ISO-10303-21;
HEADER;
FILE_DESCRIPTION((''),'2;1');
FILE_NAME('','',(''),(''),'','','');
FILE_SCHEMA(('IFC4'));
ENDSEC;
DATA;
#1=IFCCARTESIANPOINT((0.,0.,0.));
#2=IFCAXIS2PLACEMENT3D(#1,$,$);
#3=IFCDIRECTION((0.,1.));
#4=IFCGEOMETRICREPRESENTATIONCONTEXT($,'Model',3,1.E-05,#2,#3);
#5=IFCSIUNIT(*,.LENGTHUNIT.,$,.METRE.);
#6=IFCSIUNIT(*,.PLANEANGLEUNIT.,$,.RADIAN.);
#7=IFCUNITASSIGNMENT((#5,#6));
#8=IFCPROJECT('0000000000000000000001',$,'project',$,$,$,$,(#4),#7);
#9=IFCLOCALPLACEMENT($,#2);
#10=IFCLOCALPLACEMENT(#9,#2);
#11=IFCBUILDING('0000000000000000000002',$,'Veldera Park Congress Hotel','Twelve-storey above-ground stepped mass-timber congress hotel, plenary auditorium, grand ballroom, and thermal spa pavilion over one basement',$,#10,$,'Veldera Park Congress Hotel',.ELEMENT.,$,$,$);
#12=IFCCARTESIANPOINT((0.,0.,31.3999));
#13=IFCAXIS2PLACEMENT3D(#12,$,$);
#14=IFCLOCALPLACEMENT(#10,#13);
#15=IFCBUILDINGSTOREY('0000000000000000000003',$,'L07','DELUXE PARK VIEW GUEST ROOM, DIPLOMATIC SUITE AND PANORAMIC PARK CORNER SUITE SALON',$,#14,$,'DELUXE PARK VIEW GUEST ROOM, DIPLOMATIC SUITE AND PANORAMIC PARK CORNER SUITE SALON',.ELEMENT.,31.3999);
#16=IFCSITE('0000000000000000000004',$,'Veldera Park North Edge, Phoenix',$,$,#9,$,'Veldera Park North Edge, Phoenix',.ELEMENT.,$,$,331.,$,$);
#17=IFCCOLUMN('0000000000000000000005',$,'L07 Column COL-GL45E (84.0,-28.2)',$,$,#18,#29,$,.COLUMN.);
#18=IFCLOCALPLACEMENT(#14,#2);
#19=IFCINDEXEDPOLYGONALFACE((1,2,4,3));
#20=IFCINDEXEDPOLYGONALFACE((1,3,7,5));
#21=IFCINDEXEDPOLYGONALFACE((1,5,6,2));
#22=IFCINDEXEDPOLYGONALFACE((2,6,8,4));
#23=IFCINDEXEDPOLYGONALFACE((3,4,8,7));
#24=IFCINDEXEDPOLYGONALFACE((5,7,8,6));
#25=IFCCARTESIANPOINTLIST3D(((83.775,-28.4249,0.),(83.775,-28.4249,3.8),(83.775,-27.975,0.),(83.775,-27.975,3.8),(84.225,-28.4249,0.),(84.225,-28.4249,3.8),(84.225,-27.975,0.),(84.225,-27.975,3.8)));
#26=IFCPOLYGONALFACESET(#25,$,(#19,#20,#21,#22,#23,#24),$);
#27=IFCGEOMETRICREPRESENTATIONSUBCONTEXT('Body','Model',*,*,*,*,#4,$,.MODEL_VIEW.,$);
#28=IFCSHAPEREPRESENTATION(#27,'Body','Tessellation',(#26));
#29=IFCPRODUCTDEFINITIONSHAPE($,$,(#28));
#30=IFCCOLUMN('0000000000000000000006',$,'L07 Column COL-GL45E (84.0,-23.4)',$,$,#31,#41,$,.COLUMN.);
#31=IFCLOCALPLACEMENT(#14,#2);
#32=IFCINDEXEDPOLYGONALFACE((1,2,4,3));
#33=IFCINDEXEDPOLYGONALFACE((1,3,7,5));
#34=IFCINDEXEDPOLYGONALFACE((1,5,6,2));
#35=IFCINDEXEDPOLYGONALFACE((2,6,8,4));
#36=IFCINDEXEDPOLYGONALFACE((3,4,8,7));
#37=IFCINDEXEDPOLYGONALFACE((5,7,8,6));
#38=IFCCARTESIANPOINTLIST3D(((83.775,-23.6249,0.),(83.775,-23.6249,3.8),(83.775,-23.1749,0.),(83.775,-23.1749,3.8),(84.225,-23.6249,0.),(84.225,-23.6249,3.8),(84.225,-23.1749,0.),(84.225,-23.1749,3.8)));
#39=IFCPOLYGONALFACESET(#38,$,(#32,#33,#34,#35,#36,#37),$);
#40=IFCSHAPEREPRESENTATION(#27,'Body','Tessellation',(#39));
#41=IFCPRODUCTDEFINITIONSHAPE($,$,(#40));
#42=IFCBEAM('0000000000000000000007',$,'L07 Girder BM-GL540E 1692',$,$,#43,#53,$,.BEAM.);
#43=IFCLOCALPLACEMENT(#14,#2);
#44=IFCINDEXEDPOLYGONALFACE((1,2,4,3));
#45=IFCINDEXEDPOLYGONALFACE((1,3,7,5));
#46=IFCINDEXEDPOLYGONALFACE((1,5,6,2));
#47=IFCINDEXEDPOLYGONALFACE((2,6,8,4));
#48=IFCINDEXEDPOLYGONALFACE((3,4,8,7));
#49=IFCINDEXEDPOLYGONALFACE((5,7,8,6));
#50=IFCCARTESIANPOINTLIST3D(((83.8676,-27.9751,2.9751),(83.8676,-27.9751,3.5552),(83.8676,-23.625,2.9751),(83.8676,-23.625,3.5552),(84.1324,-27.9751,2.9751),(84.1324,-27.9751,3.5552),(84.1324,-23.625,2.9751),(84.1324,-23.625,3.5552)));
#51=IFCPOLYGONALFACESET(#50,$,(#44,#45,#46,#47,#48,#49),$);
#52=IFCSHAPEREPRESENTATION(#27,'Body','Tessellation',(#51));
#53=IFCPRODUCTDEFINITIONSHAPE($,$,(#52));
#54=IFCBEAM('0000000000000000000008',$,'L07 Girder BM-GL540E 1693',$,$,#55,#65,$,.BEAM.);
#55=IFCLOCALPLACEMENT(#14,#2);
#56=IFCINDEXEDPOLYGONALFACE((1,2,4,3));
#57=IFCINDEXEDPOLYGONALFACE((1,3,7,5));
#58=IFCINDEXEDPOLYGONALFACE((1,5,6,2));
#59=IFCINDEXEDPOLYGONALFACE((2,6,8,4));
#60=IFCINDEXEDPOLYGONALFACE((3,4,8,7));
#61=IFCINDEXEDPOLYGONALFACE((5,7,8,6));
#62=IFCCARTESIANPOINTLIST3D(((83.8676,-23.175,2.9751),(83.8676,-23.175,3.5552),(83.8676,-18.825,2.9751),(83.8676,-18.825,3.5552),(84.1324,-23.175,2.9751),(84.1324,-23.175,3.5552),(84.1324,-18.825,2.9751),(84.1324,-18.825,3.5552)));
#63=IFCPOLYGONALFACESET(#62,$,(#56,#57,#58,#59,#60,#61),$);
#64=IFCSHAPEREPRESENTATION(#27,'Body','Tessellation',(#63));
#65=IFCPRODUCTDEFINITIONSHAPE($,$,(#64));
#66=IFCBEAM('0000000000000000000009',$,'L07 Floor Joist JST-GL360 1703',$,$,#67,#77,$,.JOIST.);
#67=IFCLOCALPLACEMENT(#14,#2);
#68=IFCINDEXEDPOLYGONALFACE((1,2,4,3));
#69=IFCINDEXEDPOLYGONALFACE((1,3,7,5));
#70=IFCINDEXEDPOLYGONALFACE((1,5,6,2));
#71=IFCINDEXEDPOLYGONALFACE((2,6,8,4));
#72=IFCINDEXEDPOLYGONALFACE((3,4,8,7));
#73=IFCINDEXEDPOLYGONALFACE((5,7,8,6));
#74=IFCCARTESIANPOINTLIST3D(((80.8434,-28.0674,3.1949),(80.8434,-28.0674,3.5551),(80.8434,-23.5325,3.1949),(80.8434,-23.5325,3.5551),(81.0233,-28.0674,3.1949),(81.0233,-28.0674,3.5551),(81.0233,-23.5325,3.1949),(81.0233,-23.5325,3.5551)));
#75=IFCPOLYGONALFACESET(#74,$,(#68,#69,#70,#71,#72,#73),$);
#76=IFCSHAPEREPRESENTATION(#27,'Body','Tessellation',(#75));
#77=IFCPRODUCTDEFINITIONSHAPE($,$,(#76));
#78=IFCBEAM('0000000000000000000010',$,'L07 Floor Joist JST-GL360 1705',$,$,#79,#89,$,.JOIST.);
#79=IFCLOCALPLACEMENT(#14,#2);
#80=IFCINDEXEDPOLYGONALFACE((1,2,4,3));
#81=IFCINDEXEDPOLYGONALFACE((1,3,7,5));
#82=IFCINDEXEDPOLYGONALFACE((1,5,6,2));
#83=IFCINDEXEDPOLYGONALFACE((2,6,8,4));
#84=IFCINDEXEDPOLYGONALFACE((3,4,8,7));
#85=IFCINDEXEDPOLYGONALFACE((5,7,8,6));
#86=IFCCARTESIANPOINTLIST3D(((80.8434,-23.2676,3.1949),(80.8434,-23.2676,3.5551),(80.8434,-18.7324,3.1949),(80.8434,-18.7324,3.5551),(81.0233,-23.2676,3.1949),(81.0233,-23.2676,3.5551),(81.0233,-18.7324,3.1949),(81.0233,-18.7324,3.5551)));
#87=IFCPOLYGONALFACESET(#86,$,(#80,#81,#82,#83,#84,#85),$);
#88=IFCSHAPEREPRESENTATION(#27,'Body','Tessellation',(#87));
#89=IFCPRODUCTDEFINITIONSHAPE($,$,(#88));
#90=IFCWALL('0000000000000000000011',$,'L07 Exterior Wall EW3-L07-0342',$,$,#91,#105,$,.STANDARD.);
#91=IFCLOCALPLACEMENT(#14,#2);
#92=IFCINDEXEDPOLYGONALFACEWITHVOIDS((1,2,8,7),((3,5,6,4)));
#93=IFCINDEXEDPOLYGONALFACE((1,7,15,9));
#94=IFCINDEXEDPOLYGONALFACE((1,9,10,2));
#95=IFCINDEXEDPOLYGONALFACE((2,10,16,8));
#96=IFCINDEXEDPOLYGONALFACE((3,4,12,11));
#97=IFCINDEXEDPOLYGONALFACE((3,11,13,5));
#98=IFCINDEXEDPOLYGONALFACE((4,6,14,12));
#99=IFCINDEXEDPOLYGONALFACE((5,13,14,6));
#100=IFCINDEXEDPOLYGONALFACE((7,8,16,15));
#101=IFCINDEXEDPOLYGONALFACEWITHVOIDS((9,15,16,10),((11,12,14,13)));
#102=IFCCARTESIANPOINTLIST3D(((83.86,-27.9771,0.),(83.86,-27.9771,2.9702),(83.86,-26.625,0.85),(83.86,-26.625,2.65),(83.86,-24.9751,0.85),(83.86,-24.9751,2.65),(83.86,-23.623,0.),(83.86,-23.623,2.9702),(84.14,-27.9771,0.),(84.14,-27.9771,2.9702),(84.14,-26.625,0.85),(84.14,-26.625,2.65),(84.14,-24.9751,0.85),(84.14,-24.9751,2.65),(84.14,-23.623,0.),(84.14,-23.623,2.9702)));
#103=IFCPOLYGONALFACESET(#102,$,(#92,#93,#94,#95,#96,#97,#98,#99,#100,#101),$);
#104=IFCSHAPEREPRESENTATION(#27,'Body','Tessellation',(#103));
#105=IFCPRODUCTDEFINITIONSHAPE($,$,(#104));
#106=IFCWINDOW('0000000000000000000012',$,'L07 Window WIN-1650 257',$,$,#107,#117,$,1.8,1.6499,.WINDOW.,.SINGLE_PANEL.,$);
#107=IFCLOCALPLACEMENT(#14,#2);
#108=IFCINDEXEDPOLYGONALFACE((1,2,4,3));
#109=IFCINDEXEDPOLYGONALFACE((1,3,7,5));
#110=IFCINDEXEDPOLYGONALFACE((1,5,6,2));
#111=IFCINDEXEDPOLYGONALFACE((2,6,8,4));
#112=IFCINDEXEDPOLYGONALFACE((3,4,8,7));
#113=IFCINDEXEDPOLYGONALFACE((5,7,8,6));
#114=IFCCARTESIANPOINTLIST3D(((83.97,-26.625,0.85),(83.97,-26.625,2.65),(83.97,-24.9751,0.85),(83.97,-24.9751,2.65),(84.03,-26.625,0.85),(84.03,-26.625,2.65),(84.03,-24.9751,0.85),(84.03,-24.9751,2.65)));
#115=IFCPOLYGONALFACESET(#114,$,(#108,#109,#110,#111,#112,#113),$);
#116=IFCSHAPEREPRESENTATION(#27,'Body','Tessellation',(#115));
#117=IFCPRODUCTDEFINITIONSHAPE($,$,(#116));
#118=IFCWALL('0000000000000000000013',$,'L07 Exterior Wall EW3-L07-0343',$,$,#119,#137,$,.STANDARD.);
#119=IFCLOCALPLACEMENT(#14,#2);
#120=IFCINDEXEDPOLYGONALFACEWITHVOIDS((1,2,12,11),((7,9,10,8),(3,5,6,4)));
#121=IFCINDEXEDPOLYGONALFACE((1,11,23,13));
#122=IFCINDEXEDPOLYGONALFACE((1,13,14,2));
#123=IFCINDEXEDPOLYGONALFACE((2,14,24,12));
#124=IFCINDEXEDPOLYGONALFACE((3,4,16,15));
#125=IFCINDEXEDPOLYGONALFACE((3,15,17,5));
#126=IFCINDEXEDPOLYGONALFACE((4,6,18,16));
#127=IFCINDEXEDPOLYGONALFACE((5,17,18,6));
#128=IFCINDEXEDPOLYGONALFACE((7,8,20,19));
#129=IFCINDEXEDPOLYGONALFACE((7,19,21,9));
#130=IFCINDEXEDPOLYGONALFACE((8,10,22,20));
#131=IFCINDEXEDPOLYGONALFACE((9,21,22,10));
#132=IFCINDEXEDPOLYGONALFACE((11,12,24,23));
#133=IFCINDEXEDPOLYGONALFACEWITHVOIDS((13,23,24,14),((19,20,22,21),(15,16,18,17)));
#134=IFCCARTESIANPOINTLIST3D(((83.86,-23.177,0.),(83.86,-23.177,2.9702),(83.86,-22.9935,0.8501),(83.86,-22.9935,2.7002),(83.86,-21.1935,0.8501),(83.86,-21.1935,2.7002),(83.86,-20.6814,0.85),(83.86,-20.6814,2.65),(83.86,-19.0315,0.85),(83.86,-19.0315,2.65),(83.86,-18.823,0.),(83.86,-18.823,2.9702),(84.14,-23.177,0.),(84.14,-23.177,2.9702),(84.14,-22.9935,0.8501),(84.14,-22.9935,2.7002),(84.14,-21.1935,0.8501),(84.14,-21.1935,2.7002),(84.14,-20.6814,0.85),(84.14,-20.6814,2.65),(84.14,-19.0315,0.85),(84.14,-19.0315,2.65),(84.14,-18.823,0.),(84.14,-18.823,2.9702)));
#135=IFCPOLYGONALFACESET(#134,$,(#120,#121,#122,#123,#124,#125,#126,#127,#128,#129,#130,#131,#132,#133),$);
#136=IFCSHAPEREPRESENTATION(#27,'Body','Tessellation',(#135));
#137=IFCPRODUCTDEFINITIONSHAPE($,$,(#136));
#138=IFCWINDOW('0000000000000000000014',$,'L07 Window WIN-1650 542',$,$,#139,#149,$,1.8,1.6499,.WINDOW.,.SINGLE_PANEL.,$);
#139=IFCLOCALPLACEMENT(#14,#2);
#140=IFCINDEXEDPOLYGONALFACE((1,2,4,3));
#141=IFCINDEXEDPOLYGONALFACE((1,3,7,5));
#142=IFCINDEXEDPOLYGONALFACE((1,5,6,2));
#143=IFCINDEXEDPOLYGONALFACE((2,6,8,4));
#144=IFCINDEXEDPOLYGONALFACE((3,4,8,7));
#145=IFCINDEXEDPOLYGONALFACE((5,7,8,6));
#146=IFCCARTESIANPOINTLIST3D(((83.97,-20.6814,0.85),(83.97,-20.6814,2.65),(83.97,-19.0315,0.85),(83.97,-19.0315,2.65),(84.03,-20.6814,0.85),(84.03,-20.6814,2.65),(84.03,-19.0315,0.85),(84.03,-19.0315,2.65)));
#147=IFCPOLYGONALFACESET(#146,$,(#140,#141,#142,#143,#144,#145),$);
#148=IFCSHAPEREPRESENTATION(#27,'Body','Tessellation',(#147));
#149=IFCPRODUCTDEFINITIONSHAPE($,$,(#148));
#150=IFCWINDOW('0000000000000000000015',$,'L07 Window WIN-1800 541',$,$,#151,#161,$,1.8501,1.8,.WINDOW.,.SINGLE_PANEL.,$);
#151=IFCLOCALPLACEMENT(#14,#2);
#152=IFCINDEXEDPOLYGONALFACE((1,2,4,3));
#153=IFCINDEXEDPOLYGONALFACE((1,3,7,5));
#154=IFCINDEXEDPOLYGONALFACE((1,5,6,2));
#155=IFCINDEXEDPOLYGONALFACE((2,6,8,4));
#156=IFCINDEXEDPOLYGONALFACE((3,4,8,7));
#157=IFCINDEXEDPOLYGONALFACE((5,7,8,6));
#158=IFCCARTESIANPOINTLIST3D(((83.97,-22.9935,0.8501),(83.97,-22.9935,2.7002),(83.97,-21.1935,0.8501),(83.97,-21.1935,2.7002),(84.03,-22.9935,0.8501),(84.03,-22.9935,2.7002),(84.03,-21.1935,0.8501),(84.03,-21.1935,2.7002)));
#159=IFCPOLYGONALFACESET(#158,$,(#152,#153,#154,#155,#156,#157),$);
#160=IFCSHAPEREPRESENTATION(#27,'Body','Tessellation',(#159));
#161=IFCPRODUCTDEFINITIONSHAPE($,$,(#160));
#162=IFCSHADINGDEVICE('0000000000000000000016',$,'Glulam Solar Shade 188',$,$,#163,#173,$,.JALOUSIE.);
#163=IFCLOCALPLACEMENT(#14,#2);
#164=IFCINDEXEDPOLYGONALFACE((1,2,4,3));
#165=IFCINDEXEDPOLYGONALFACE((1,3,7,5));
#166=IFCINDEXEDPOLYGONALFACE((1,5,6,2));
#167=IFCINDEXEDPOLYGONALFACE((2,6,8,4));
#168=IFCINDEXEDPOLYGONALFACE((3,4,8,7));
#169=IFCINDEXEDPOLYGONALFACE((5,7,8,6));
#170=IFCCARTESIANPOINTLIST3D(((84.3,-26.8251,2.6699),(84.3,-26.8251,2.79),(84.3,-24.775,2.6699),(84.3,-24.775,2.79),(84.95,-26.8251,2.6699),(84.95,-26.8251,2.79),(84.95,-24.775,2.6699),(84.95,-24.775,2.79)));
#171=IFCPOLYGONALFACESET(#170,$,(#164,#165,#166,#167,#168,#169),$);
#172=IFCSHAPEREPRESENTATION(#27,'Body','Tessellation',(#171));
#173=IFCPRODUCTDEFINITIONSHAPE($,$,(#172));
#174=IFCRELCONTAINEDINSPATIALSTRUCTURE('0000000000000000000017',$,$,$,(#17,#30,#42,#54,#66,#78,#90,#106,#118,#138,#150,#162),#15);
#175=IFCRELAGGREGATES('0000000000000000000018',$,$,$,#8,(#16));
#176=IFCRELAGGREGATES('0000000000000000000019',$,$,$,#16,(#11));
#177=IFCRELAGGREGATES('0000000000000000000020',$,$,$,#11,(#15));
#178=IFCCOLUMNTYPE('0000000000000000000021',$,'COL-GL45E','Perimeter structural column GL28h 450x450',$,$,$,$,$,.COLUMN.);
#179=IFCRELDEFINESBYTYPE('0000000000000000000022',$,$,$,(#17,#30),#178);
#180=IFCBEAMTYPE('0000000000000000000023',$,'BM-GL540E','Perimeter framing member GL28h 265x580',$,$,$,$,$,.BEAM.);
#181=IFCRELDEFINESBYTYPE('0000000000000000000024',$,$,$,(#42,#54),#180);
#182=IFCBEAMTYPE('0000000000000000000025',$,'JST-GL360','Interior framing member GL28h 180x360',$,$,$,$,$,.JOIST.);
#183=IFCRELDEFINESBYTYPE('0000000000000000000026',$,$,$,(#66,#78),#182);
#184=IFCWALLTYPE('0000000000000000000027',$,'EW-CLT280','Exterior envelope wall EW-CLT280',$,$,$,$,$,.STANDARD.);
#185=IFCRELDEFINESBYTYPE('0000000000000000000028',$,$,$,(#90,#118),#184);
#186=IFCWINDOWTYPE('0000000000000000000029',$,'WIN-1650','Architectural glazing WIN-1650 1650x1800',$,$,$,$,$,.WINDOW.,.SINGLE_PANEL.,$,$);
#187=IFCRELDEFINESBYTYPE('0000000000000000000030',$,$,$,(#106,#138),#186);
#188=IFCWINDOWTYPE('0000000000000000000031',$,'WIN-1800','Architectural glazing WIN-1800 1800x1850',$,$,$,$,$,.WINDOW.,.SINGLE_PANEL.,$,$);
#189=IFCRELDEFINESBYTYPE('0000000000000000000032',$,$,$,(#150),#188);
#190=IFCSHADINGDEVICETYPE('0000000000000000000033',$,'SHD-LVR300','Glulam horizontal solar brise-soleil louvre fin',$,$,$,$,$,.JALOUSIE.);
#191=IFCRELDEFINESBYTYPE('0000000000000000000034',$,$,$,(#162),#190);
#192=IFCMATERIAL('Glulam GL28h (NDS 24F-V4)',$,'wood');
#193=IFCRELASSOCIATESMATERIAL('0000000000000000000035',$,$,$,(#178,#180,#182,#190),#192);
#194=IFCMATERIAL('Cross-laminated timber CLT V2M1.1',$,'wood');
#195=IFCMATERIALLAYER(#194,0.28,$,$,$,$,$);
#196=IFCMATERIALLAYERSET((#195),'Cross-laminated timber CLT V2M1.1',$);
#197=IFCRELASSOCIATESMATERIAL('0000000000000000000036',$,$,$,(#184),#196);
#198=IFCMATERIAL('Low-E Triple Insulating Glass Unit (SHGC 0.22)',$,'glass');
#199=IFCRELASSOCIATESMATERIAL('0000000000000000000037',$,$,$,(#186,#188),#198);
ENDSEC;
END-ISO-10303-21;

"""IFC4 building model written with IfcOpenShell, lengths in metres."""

from ifc_helpers import new_model, si_unit, direction, frame, frame_2d, origin, origin_2d, place, context, subcontext, project, spatial, rectangle, extrude, material, layer, layer_set, material_profile, profile_set, type_object, element, fill, save


model = new_model("IFC4")

# Units and contexts
model_context = context("Model", 3, precision=1e-05, world=origin(), true_north=direction((0.0, 1.0)))
body_context = subcontext(model_context, "Body", "Model", "MODEL_VIEW")
ifc_project = project(units=[si_unit("LENGTHUNIT", "METRE"), si_unit("PLANEANGLEUNIT", "RADIAN")], contexts=[model_context])

# Site, building, storey
site_placement = place(None, origin())
site = spatial("IfcSite", under=ifc_project, at=site_placement, Name="Veldera Park North Edge, Phoenix", LongName="Veldera Park North Edge, Phoenix", CompositionType="ELEMENT", RefElevation=331.0)
building_placement = place(site_placement, origin())
building = spatial("IfcBuilding", under=site, at=building_placement, Name="Veldera Park Congress Hotel", Description="Twelve-storey above-ground stepped mass-timber congress hotel, plenary auditorium, grand ballroom, and thermal spa pavilion over one basement", LongName="Veldera Park Congress Hotel", CompositionType="ELEMENT")
storey_placement = place(building_placement, frame((0.0, 0.0, 31.3999)))
storey = spatial("IfcBuildingStorey", under=building, at=storey_placement, Name="L07", Description="DELUXE PARK VIEW GUEST ROOM, DIPLOMATIC SUITE AND PANORAMIC PARK CORNER SUITE SALON", LongName="DELUXE PARK VIEW GUEST ROOM, DIPLOMATIC SUITE AND PANORAMIC PARK CORNER SUITE SALON", CompositionType="ELEMENT", Elevation=31.3999)

# Columns
ifc_material_1 = material(Name="Glulam GL28h (NDS 24F-V4)", Category="wood")
ifc_material_profile_1 = material_profile(ifc_material_1, rectangle(XDim=0.45, YDim=0.45, at=origin_2d()), Name="GL28h 450x450")
ifc_profile_set_1 = profile_set([ifc_material_profile_1], Name="Glulam GL28h (NDS 24F-V4)")
column_type = type_object("IfcColumnType", Name="COL-GL45E", Description="Perimeter structural column GL28h 450x450", PredefinedType="COLUMN", material=ifc_profile_set_1)
for number, where, z_axis, x_axis, name in (
    (1, (84.0, -28.2, 0.0), (0.0, 0.0, 1.0), (1.0, 0.0, 0.0), "L07 Column COL-GL45E (84.0,-28.2)"),
    (2, (84.0, -23.3999, 0.0), (0.0, 0.0, 1.0), (1.0, 0.0, 0.0), "L07 Column COL-GL45E (84.0,-23.4)"),
):
    element("IfcColumn", number, at=place(storey_placement, frame(where, z_axis=z_axis, x_axis=x_axis)), inside=storey, type_object=column_type, Name=name, PredefinedType="COLUMN", context=body_context, shape_type="SweptSolid", body=[
        extrude(rectangle(XDim=0.45, YDim=0.45, at=origin_2d()), origin(), (0.0, 0.0, 1.0), 3.8),
    ])

# Beams
ifc_material_profile_2 = material_profile(ifc_material_1, rectangle(XDim=0.2649, YDim=0.5801, at=origin_2d()), Name="GL28h 265x580")
ifc_profile_set_2 = profile_set([ifc_material_profile_2], Name="Glulam GL28h (NDS 24F-V4)")
beam_type_1 = type_object("IfcBeamType", Name="BM-GL540E", Description="Perimeter framing member GL28h 265x580", PredefinedType="BEAM", material=ifc_profile_set_2)
for number, where, z_axis, x_axis, name in (
    (3, (84.0, -27.9751, 3.2651), (0.0, 1.0, 0.0), (-1.0, 0.0, 0.0), "L07 Girder BM-GL540E 1692"),
    (4, (84.0, -23.175, 3.2651), (0.0, 1.0, 0.0), (-1.0, 0.0, 0.0), "L07 Girder BM-GL540E 1693"),
):
    element("IfcBeam", number, at=place(storey_placement, frame(where, z_axis=z_axis, x_axis=x_axis)), inside=storey, type_object=beam_type_1, Name=name, PredefinedType="BEAM", context=body_context, shape_type="SweptSolid", body=[
        extrude(rectangle(XDim=0.2649, YDim=0.5801, at=origin_2d()), origin(), (0.0, 0.0, 1.0), 4.3501),
    ])
ifc_material_profile_3 = material_profile(ifc_material_1, rectangle(XDim=0.1799, YDim=0.3601, at=origin_2d()), Name="GL28h 180x360")
ifc_profile_set_3 = profile_set([ifc_material_profile_3], Name="Glulam GL28h (NDS 24F-V4)")
beam_type_2 = type_object("IfcBeamType", Name="JST-GL360", Description="Interior framing member GL28h 180x360", PredefinedType="JOIST", material=ifc_profile_set_3)
beam_1_placement = place(storey_placement, frame((80.9333, -28.0674, 3.375), z_axis=(0.0, 1.0, 0.0), x_axis=(-1.0, 0.0, 0.0)))
element("IfcBeam", 5, at=beam_1_placement, inside=storey, type_object=beam_type_2, Name="L07 Floor Joist JST-GL360 1703", PredefinedType="JOIST", context=body_context, shape_type="SweptSolid", body=[
    extrude(rectangle(XDim=0.1799, YDim=0.3601, at=origin_2d()), origin(), (0.0, 0.0, 1.0), 4.5349),
])
beam_2_placement = place(storey_placement, frame((80.9333, -23.2676, 3.375), z_axis=(0.0, 1.0, 0.0), x_axis=(-1.0, 0.0, 0.0)))
element("IfcBeam", 6, at=beam_2_placement, inside=storey, type_object=beam_type_2, Name="L07 Floor Joist JST-GL360 1705", PredefinedType="JOIST", context=body_context, shape_type="SweptSolid", body=[
    extrude(rectangle(XDim=0.1799, YDim=0.3601, at=origin_2d()), origin(), (0.0, 0.0, 1.0), 4.5352),
])

# Wall, opening, window
ifc_material_2 = material(Name="Cross-laminated timber CLT V2M1.1", Category="wood")
ifc_layer = layer(ifc_material_2, 0.28)
ifc_layer_set = layer_set([ifc_layer], Name="Cross-laminated timber CLT V2M1.1")
wall_type = type_object("IfcWallType", Name="EW-CLT280", Description="Exterior envelope wall EW-CLT280", PredefinedType="STANDARD", material=ifc_layer_set)
wall_1_placement = place(storey_placement, frame((84.0, -27.9771, 0.0), z_axis=(0.0, 0.0, 1.0), x_axis=(0.0, 1.0, 0.0)))
wall_1 = element("IfcWall", 7, at=wall_1_placement, inside=storey, type_object=wall_type, Name="L07 Exterior Wall EW3-L07-0342", PredefinedType="STANDARD", context=body_context, shape_type="SweptSolid", body=[
    extrude(rectangle(XDim=4.354, YDim=0.28, at=frame_2d((2.177, 0.0))), origin(), (0.0, 0.0, 1.0), 2.9702),
])
opening_1_placement = place(wall_1_placement, frame((1.3521, 0.0, 0.8501)))
opening_1 = element("IfcOpeningElement", 8, at=opening_1_placement, cuts=wall_1, PredefinedType="OPENING", context=body_context, shape_type="SweptSolid", body=[
    extrude(rectangle(XDim=1.6499, YDim=1.8, at=frame_2d((0.825, 0.8999))), frame((0.0, 0.1521, 0.0), z_axis=(0.0, -1.0, 0.0), x_axis=(1.0, 0.0, 0.0)), (0.0, 0.0, 1.0), 0.304),
])
ifc_material_3 = material(Name="Low-E Triple Insulating Glass Unit (SHGC 0.22)", Category="glass")
window_type_1 = type_object("IfcWindowType", Name="WIN-1650", Description="Architectural glazing WIN-1650 1650x1800", PartitioningType="SINGLE_PANEL", PredefinedType="WINDOW", material=ifc_material_3)
window_1_placement = place(opening_1_placement, origin())
window_1 = element("IfcWindow", 9, at=window_1_placement, inside=storey, type_object=window_type_1, Name="L07 Window WIN-1650 257", OverallHeight=1.8, OverallWidth=1.6499, PartitioningType="SINGLE_PANEL", PredefinedType="WINDOW", context=body_context, shape_type="SweptSolid", body=[
    extrude(rectangle(XDim=1.6499, YDim=1.8, at=frame_2d((0.825, 0.8999))), frame((0.0, 0.03, 0.0), z_axis=(0.0, -1.0, 0.0), x_axis=(1.0, 0.0, 0.0)), (0.0, 0.0, 1.0), 0.0601),
])
fill(opening_1, window_1)

# Wall, openings, windows
wall_2_placement = place(storey_placement, frame((84.0, -23.177, 0.0), z_axis=(0.0, 0.0, 1.0), x_axis=(0.0, 1.0, 0.0)))
wall_2 = element("IfcWall", 10, at=wall_2_placement, inside=storey, type_object=wall_type, Name="L07 Exterior Wall EW3-L07-0343", PredefinedType="STANDARD", context=body_context, shape_type="SweptSolid", body=[
    extrude(rectangle(XDim=4.354, YDim=0.28, at=frame_2d((2.177, 0.0))), origin(), (0.0, 0.0, 1.0), 2.9702),
])
opening_2_placement = place(wall_2_placement, frame((0.1836, 0.0, 0.8501)))
opening_2 = element("IfcOpeningElement", 11, at=opening_2_placement, cuts=wall_2, PredefinedType="OPENING", context=body_context, shape_type="SweptSolid", body=[
    extrude(rectangle(XDim=1.8, YDim=1.8501, at=frame_2d((0.8999, 0.925))), frame((0.0, 0.1521, 0.0), z_axis=(0.0, -1.0, 0.0), x_axis=(1.0, 0.0, 0.0)), (0.0, 0.0, 1.0), 0.304),
])
opening_3_placement = place(wall_2_placement, frame((2.4956, 0.0, 0.8501)))
opening_3 = element("IfcOpeningElement", 12, at=opening_3_placement, cuts=wall_2, PredefinedType="OPENING", context=body_context, shape_type="SweptSolid", body=[
    extrude(rectangle(XDim=1.6499, YDim=1.8, at=frame_2d((0.825, 0.8999))), frame((0.0, 0.1521, 0.0), z_axis=(0.0, -1.0, 0.0), x_axis=(1.0, 0.0, 0.0)), (0.0, 0.0, 1.0), 0.304),
])
window_2_placement = place(opening_3_placement, origin())
window_2 = element("IfcWindow", 13, at=window_2_placement, inside=storey, type_object=window_type_1, Name="L07 Window WIN-1650 542", OverallHeight=1.8, OverallWidth=1.6499, PartitioningType="SINGLE_PANEL", PredefinedType="WINDOW", context=body_context, shape_type="SweptSolid", body=[
    extrude(rectangle(XDim=1.6499, YDim=1.8, at=frame_2d((0.825, 0.8999))), frame((0.0, 0.03, 0.0), z_axis=(0.0, -1.0, 0.0), x_axis=(1.0, 0.0, 0.0)), (0.0, 0.0, 1.0), 0.0601),
])
fill(opening_3, window_2)
window_type_2 = type_object("IfcWindowType", Name="WIN-1800", Description="Architectural glazing WIN-1800 1800x1850", PartitioningType="SINGLE_PANEL", PredefinedType="WINDOW", material=ifc_material_3)
window_3_placement = place(opening_2_placement, origin())
window_3 = element("IfcWindow", 14, at=window_3_placement, inside=storey, type_object=window_type_2, Name="L07 Window WIN-1800 541", OverallHeight=1.8501, OverallWidth=1.8, PartitioningType="SINGLE_PANEL", PredefinedType="WINDOW", context=body_context, shape_type="SweptSolid", body=[
    extrude(rectangle(XDim=1.8, YDim=1.8501, at=frame_2d((0.8999, 0.925))), frame((0.0, 0.03, 0.0), z_axis=(0.0, -1.0, 0.0), x_axis=(1.0, 0.0, 0.0)), (0.0, 0.0, 1.0), 0.0601),
])
fill(opening_2, window_3)

# Shading device
shading_device_type = type_object("IfcShadingDeviceType", Name="SHD-LVR300", Description="Glulam horizontal solar brise-soleil louvre fin", PredefinedType="JALOUSIE", material=ifc_material_1)
shading_device_1_placement = place(storey_placement, frame((84.625, -25.8, 2.6699), z_axis=(0.0, 0.0, 1.0), x_axis=(0.0, 1.0, 0.0)))
element("IfcShadingDevice", 15, at=shading_device_1_placement, inside=storey, type_object=shading_device_type, Name="Glulam Solar Shade 188", PredefinedType="JALOUSIE", context=body_context, shape_type="SweptSolid", body=[
    extrude(rectangle(XDim=2.05, YDim=0.6499, at=origin_2d()), origin(), (0.0, 0.0, 1.0), 0.1201),
])

save(model, "model.ifc")
